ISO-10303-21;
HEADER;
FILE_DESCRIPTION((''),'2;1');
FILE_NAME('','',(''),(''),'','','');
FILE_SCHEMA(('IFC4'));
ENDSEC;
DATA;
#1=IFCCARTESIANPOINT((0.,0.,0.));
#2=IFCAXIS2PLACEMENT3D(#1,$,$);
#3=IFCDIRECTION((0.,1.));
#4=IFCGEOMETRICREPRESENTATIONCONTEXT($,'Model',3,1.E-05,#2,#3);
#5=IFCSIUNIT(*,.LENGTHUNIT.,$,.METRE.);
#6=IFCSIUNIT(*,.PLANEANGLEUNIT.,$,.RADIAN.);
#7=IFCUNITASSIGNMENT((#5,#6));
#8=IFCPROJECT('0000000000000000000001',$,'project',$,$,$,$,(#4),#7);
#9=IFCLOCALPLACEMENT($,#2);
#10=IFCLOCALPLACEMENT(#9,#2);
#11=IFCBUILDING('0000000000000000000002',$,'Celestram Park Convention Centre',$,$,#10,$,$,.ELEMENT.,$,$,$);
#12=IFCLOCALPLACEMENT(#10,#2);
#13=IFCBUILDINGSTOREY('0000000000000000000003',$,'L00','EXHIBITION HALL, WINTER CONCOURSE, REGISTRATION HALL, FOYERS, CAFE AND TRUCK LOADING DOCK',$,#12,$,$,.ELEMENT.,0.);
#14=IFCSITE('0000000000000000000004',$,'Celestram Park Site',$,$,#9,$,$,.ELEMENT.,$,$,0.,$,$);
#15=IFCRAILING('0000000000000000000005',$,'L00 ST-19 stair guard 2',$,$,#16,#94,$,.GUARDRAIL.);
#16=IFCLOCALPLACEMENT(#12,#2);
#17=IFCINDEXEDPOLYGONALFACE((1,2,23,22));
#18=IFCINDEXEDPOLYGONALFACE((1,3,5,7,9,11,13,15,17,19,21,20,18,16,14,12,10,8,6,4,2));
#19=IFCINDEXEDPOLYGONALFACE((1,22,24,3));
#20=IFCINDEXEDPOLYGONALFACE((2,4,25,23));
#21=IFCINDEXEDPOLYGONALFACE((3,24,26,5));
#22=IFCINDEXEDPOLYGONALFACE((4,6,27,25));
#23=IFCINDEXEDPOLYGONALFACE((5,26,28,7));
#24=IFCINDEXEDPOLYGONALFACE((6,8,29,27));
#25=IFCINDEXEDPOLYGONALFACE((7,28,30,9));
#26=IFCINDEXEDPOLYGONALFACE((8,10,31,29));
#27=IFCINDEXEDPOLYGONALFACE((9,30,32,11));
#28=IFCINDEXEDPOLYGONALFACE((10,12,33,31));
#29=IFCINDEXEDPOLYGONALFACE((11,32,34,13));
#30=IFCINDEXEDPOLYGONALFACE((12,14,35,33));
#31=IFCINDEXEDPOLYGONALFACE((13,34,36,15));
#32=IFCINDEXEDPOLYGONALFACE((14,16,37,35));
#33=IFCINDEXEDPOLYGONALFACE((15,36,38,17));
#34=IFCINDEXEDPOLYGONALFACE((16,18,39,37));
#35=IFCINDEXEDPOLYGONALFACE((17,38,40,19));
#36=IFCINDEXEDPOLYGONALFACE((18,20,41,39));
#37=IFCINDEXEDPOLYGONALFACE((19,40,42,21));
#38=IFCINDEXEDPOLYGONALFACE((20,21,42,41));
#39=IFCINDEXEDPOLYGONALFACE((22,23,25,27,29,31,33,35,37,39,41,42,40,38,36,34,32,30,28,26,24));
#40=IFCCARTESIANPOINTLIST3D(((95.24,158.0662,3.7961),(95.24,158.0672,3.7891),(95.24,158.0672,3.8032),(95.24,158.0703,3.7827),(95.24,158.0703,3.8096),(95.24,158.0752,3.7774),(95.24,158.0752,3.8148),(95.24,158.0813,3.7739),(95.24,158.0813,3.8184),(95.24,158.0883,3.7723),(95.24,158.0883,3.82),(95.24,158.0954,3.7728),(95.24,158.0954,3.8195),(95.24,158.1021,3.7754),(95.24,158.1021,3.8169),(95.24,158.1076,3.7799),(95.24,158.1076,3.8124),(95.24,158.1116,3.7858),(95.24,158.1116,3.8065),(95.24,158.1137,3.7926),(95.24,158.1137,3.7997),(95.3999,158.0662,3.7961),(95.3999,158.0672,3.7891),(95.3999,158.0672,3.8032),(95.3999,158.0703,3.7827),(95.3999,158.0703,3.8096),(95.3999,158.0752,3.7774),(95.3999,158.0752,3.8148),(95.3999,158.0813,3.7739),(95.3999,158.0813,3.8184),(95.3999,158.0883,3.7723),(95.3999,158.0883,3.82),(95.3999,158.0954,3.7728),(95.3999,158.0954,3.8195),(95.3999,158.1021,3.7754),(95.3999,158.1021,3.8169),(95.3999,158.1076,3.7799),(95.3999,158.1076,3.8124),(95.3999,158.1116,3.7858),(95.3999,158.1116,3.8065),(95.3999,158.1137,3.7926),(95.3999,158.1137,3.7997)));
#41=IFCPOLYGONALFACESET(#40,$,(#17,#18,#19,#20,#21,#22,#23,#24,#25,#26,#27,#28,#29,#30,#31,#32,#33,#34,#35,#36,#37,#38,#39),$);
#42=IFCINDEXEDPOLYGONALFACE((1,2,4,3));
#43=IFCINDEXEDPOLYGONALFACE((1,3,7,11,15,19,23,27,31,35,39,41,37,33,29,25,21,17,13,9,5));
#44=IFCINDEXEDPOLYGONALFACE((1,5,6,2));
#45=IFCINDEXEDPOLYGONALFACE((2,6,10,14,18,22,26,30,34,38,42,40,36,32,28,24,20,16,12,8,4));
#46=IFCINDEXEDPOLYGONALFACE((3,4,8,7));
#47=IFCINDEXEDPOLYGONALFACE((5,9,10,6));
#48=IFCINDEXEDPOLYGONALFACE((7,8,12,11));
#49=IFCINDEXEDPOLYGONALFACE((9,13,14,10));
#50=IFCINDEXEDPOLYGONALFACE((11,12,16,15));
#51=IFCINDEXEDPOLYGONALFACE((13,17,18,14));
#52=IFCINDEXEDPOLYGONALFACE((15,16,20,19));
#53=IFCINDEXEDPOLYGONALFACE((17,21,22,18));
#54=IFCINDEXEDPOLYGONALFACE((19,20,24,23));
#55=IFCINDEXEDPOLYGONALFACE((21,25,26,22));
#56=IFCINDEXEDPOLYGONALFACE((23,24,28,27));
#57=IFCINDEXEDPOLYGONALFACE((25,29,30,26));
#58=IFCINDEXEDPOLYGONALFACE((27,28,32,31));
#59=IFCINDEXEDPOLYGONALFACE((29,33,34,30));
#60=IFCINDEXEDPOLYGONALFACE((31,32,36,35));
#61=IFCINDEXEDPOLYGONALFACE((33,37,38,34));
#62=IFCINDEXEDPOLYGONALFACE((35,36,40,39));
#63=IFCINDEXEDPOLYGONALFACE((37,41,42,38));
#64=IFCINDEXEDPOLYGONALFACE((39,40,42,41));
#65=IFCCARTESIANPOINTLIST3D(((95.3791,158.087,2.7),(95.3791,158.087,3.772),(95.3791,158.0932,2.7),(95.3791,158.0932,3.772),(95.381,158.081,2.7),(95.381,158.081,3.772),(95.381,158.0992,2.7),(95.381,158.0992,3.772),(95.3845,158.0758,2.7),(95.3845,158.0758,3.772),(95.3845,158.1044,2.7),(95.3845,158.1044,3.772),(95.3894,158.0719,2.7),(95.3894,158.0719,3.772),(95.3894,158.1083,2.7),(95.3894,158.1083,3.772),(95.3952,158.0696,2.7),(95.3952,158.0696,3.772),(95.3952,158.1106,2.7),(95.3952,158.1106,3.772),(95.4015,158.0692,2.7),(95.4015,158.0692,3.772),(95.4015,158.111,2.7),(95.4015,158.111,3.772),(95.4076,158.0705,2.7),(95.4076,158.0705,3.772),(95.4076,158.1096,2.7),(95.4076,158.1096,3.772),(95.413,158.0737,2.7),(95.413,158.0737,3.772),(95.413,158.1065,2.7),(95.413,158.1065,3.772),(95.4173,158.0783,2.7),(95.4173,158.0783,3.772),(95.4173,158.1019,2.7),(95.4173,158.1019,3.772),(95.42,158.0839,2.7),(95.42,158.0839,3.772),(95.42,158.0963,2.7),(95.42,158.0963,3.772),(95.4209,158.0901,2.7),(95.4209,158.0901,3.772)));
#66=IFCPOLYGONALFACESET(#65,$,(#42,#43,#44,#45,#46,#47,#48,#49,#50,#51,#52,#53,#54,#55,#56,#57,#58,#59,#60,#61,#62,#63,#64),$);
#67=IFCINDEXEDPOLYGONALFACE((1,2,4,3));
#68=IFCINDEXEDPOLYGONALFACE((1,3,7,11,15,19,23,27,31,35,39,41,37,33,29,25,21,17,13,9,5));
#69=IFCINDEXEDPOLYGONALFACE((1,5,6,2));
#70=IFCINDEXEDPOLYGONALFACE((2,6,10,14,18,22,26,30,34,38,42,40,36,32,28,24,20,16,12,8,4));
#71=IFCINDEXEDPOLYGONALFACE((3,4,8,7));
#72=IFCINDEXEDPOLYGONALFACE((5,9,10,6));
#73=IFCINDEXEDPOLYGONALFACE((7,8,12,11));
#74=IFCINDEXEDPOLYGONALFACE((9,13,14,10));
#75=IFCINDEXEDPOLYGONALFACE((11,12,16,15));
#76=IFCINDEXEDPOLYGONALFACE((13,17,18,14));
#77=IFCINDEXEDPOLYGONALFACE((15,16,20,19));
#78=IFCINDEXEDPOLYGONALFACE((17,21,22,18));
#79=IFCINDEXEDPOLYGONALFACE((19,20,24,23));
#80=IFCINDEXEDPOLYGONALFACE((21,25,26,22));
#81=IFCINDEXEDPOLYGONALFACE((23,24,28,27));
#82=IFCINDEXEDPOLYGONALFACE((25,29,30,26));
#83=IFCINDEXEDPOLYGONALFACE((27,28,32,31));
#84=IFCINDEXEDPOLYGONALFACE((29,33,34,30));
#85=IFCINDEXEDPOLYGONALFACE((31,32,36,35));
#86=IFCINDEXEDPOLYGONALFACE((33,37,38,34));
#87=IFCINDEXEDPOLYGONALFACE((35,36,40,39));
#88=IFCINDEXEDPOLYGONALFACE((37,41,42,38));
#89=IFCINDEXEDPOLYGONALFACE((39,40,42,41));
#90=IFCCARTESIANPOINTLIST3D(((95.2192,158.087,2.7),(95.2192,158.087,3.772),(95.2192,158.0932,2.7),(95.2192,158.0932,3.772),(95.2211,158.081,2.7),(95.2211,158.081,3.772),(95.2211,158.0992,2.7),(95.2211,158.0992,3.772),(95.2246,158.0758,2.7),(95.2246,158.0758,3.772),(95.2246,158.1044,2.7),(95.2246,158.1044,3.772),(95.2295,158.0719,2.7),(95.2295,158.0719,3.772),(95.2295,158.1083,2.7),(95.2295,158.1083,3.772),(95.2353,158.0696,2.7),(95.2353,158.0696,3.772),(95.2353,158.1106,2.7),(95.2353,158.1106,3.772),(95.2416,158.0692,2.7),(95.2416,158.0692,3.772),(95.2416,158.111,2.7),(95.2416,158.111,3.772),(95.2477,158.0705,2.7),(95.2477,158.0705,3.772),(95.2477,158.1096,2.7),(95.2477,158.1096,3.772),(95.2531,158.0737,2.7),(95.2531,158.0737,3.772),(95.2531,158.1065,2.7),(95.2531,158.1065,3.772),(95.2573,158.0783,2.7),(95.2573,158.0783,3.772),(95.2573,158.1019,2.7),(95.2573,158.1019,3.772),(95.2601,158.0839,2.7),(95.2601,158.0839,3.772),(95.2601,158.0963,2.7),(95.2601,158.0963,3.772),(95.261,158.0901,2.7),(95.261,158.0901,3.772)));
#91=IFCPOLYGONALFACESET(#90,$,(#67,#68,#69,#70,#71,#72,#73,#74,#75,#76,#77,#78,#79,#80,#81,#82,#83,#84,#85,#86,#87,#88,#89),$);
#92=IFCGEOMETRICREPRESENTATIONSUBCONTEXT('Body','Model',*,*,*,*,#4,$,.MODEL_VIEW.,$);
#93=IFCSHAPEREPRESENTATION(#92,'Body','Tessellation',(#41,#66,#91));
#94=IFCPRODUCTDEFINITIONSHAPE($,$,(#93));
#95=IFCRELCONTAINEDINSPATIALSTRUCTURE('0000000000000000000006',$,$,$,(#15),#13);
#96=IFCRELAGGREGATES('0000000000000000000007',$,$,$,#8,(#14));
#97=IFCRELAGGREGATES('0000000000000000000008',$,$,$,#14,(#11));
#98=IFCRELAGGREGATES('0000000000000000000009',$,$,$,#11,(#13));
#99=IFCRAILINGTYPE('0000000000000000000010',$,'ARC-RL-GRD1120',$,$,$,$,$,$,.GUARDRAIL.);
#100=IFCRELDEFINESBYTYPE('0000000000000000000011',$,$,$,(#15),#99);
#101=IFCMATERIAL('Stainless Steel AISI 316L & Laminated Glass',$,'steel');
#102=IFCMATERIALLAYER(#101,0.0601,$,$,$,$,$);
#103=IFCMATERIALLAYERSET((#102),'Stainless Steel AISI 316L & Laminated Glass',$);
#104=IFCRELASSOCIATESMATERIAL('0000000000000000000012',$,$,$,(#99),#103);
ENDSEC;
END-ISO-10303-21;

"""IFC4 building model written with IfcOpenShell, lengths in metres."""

from ifc_helpers import new_model, si_unit, direction, frame, origin, origin_2d, place, context, subcontext, project, spatial, circle, extrude, material, layer, layer_set, type_object, element, save


model = new_model("IFC4")

# Units and contexts
model_context = context("Model", 3, precision=1e-05, world=origin(), true_north=direction((0.0, 1.0)))
body_context = subcontext(model_context, "Body", "Model", "MODEL_VIEW")
ifc_project = project(units=[si_unit("LENGTHUNIT", "METRE"), si_unit("PLANEANGLEUNIT", "RADIAN")], contexts=[model_context])

# Site, building, storey
site_placement = place(None, origin())
site = spatial("IfcSite", under=ifc_project, at=site_placement, Name="Celestram Park Site", CompositionType="ELEMENT", RefElevation=0.0)
building_placement = place(site_placement, origin())
building = spatial("IfcBuilding", under=site, at=building_placement, Name="Celestram Park Convention Centre", CompositionType="ELEMENT")
storey_placement = place(building_placement, origin())
storey = spatial("IfcBuildingStorey", under=building, at=storey_placement, Name="L00", Description="EXHIBITION HALL, WINTER CONCOURSE, REGISTRATION HALL, FOYERS, CAFE AND TRUCK LOADING DOCK", CompositionType="ELEMENT", Elevation=0.0)

# Railing
ifc_material_1 = material(Name="Stainless Steel AISI 316L & Laminated Glass", Category="steel")
ifc_layer_1 = layer(ifc_material_1, 0.0601)
ifc_layer_set_1 = layer_set([ifc_layer_1], Name="Stainless Steel AISI 316L & Laminated Glass")
railing_type_1 = type_object("IfcRailingType", Name="ARC-RL-GRD1120", PredefinedType="GUARDRAIL", material=ifc_layer_set_1)
railing_1_placement = place(storey_placement, frame((95.3999, 158.0901, 2.7)))
element("IfcRailing", 1, at=railing_1_placement, inside=storey, type_object=railing_type_1, Name="L00 ST-19 stair guard 2", PredefinedType="GUARDRAIL", context=body_context, shape_type="SweptSolid", body=[
    extrude(circle(Radius=0.0239, at=origin_2d()), frame((0.0, 0.0, 1.0962), z_axis=(-1.0, 0.0, 0.0), x_axis=(0.0, -1.0, 0.0)), (0.0, 0.0, 1.0), 0.1599),
    extrude(circle(Radius=0.021, at=origin_2d()), origin(), (0.0, 0.0, 1.0), 1.072),
    extrude(circle(Radius=0.021, at=origin_2d()), frame((-0.1599, 0.0, 0.0)), (0.0, 0.0, 1.0), 1.072),
])

save(model, "model.ifc")
